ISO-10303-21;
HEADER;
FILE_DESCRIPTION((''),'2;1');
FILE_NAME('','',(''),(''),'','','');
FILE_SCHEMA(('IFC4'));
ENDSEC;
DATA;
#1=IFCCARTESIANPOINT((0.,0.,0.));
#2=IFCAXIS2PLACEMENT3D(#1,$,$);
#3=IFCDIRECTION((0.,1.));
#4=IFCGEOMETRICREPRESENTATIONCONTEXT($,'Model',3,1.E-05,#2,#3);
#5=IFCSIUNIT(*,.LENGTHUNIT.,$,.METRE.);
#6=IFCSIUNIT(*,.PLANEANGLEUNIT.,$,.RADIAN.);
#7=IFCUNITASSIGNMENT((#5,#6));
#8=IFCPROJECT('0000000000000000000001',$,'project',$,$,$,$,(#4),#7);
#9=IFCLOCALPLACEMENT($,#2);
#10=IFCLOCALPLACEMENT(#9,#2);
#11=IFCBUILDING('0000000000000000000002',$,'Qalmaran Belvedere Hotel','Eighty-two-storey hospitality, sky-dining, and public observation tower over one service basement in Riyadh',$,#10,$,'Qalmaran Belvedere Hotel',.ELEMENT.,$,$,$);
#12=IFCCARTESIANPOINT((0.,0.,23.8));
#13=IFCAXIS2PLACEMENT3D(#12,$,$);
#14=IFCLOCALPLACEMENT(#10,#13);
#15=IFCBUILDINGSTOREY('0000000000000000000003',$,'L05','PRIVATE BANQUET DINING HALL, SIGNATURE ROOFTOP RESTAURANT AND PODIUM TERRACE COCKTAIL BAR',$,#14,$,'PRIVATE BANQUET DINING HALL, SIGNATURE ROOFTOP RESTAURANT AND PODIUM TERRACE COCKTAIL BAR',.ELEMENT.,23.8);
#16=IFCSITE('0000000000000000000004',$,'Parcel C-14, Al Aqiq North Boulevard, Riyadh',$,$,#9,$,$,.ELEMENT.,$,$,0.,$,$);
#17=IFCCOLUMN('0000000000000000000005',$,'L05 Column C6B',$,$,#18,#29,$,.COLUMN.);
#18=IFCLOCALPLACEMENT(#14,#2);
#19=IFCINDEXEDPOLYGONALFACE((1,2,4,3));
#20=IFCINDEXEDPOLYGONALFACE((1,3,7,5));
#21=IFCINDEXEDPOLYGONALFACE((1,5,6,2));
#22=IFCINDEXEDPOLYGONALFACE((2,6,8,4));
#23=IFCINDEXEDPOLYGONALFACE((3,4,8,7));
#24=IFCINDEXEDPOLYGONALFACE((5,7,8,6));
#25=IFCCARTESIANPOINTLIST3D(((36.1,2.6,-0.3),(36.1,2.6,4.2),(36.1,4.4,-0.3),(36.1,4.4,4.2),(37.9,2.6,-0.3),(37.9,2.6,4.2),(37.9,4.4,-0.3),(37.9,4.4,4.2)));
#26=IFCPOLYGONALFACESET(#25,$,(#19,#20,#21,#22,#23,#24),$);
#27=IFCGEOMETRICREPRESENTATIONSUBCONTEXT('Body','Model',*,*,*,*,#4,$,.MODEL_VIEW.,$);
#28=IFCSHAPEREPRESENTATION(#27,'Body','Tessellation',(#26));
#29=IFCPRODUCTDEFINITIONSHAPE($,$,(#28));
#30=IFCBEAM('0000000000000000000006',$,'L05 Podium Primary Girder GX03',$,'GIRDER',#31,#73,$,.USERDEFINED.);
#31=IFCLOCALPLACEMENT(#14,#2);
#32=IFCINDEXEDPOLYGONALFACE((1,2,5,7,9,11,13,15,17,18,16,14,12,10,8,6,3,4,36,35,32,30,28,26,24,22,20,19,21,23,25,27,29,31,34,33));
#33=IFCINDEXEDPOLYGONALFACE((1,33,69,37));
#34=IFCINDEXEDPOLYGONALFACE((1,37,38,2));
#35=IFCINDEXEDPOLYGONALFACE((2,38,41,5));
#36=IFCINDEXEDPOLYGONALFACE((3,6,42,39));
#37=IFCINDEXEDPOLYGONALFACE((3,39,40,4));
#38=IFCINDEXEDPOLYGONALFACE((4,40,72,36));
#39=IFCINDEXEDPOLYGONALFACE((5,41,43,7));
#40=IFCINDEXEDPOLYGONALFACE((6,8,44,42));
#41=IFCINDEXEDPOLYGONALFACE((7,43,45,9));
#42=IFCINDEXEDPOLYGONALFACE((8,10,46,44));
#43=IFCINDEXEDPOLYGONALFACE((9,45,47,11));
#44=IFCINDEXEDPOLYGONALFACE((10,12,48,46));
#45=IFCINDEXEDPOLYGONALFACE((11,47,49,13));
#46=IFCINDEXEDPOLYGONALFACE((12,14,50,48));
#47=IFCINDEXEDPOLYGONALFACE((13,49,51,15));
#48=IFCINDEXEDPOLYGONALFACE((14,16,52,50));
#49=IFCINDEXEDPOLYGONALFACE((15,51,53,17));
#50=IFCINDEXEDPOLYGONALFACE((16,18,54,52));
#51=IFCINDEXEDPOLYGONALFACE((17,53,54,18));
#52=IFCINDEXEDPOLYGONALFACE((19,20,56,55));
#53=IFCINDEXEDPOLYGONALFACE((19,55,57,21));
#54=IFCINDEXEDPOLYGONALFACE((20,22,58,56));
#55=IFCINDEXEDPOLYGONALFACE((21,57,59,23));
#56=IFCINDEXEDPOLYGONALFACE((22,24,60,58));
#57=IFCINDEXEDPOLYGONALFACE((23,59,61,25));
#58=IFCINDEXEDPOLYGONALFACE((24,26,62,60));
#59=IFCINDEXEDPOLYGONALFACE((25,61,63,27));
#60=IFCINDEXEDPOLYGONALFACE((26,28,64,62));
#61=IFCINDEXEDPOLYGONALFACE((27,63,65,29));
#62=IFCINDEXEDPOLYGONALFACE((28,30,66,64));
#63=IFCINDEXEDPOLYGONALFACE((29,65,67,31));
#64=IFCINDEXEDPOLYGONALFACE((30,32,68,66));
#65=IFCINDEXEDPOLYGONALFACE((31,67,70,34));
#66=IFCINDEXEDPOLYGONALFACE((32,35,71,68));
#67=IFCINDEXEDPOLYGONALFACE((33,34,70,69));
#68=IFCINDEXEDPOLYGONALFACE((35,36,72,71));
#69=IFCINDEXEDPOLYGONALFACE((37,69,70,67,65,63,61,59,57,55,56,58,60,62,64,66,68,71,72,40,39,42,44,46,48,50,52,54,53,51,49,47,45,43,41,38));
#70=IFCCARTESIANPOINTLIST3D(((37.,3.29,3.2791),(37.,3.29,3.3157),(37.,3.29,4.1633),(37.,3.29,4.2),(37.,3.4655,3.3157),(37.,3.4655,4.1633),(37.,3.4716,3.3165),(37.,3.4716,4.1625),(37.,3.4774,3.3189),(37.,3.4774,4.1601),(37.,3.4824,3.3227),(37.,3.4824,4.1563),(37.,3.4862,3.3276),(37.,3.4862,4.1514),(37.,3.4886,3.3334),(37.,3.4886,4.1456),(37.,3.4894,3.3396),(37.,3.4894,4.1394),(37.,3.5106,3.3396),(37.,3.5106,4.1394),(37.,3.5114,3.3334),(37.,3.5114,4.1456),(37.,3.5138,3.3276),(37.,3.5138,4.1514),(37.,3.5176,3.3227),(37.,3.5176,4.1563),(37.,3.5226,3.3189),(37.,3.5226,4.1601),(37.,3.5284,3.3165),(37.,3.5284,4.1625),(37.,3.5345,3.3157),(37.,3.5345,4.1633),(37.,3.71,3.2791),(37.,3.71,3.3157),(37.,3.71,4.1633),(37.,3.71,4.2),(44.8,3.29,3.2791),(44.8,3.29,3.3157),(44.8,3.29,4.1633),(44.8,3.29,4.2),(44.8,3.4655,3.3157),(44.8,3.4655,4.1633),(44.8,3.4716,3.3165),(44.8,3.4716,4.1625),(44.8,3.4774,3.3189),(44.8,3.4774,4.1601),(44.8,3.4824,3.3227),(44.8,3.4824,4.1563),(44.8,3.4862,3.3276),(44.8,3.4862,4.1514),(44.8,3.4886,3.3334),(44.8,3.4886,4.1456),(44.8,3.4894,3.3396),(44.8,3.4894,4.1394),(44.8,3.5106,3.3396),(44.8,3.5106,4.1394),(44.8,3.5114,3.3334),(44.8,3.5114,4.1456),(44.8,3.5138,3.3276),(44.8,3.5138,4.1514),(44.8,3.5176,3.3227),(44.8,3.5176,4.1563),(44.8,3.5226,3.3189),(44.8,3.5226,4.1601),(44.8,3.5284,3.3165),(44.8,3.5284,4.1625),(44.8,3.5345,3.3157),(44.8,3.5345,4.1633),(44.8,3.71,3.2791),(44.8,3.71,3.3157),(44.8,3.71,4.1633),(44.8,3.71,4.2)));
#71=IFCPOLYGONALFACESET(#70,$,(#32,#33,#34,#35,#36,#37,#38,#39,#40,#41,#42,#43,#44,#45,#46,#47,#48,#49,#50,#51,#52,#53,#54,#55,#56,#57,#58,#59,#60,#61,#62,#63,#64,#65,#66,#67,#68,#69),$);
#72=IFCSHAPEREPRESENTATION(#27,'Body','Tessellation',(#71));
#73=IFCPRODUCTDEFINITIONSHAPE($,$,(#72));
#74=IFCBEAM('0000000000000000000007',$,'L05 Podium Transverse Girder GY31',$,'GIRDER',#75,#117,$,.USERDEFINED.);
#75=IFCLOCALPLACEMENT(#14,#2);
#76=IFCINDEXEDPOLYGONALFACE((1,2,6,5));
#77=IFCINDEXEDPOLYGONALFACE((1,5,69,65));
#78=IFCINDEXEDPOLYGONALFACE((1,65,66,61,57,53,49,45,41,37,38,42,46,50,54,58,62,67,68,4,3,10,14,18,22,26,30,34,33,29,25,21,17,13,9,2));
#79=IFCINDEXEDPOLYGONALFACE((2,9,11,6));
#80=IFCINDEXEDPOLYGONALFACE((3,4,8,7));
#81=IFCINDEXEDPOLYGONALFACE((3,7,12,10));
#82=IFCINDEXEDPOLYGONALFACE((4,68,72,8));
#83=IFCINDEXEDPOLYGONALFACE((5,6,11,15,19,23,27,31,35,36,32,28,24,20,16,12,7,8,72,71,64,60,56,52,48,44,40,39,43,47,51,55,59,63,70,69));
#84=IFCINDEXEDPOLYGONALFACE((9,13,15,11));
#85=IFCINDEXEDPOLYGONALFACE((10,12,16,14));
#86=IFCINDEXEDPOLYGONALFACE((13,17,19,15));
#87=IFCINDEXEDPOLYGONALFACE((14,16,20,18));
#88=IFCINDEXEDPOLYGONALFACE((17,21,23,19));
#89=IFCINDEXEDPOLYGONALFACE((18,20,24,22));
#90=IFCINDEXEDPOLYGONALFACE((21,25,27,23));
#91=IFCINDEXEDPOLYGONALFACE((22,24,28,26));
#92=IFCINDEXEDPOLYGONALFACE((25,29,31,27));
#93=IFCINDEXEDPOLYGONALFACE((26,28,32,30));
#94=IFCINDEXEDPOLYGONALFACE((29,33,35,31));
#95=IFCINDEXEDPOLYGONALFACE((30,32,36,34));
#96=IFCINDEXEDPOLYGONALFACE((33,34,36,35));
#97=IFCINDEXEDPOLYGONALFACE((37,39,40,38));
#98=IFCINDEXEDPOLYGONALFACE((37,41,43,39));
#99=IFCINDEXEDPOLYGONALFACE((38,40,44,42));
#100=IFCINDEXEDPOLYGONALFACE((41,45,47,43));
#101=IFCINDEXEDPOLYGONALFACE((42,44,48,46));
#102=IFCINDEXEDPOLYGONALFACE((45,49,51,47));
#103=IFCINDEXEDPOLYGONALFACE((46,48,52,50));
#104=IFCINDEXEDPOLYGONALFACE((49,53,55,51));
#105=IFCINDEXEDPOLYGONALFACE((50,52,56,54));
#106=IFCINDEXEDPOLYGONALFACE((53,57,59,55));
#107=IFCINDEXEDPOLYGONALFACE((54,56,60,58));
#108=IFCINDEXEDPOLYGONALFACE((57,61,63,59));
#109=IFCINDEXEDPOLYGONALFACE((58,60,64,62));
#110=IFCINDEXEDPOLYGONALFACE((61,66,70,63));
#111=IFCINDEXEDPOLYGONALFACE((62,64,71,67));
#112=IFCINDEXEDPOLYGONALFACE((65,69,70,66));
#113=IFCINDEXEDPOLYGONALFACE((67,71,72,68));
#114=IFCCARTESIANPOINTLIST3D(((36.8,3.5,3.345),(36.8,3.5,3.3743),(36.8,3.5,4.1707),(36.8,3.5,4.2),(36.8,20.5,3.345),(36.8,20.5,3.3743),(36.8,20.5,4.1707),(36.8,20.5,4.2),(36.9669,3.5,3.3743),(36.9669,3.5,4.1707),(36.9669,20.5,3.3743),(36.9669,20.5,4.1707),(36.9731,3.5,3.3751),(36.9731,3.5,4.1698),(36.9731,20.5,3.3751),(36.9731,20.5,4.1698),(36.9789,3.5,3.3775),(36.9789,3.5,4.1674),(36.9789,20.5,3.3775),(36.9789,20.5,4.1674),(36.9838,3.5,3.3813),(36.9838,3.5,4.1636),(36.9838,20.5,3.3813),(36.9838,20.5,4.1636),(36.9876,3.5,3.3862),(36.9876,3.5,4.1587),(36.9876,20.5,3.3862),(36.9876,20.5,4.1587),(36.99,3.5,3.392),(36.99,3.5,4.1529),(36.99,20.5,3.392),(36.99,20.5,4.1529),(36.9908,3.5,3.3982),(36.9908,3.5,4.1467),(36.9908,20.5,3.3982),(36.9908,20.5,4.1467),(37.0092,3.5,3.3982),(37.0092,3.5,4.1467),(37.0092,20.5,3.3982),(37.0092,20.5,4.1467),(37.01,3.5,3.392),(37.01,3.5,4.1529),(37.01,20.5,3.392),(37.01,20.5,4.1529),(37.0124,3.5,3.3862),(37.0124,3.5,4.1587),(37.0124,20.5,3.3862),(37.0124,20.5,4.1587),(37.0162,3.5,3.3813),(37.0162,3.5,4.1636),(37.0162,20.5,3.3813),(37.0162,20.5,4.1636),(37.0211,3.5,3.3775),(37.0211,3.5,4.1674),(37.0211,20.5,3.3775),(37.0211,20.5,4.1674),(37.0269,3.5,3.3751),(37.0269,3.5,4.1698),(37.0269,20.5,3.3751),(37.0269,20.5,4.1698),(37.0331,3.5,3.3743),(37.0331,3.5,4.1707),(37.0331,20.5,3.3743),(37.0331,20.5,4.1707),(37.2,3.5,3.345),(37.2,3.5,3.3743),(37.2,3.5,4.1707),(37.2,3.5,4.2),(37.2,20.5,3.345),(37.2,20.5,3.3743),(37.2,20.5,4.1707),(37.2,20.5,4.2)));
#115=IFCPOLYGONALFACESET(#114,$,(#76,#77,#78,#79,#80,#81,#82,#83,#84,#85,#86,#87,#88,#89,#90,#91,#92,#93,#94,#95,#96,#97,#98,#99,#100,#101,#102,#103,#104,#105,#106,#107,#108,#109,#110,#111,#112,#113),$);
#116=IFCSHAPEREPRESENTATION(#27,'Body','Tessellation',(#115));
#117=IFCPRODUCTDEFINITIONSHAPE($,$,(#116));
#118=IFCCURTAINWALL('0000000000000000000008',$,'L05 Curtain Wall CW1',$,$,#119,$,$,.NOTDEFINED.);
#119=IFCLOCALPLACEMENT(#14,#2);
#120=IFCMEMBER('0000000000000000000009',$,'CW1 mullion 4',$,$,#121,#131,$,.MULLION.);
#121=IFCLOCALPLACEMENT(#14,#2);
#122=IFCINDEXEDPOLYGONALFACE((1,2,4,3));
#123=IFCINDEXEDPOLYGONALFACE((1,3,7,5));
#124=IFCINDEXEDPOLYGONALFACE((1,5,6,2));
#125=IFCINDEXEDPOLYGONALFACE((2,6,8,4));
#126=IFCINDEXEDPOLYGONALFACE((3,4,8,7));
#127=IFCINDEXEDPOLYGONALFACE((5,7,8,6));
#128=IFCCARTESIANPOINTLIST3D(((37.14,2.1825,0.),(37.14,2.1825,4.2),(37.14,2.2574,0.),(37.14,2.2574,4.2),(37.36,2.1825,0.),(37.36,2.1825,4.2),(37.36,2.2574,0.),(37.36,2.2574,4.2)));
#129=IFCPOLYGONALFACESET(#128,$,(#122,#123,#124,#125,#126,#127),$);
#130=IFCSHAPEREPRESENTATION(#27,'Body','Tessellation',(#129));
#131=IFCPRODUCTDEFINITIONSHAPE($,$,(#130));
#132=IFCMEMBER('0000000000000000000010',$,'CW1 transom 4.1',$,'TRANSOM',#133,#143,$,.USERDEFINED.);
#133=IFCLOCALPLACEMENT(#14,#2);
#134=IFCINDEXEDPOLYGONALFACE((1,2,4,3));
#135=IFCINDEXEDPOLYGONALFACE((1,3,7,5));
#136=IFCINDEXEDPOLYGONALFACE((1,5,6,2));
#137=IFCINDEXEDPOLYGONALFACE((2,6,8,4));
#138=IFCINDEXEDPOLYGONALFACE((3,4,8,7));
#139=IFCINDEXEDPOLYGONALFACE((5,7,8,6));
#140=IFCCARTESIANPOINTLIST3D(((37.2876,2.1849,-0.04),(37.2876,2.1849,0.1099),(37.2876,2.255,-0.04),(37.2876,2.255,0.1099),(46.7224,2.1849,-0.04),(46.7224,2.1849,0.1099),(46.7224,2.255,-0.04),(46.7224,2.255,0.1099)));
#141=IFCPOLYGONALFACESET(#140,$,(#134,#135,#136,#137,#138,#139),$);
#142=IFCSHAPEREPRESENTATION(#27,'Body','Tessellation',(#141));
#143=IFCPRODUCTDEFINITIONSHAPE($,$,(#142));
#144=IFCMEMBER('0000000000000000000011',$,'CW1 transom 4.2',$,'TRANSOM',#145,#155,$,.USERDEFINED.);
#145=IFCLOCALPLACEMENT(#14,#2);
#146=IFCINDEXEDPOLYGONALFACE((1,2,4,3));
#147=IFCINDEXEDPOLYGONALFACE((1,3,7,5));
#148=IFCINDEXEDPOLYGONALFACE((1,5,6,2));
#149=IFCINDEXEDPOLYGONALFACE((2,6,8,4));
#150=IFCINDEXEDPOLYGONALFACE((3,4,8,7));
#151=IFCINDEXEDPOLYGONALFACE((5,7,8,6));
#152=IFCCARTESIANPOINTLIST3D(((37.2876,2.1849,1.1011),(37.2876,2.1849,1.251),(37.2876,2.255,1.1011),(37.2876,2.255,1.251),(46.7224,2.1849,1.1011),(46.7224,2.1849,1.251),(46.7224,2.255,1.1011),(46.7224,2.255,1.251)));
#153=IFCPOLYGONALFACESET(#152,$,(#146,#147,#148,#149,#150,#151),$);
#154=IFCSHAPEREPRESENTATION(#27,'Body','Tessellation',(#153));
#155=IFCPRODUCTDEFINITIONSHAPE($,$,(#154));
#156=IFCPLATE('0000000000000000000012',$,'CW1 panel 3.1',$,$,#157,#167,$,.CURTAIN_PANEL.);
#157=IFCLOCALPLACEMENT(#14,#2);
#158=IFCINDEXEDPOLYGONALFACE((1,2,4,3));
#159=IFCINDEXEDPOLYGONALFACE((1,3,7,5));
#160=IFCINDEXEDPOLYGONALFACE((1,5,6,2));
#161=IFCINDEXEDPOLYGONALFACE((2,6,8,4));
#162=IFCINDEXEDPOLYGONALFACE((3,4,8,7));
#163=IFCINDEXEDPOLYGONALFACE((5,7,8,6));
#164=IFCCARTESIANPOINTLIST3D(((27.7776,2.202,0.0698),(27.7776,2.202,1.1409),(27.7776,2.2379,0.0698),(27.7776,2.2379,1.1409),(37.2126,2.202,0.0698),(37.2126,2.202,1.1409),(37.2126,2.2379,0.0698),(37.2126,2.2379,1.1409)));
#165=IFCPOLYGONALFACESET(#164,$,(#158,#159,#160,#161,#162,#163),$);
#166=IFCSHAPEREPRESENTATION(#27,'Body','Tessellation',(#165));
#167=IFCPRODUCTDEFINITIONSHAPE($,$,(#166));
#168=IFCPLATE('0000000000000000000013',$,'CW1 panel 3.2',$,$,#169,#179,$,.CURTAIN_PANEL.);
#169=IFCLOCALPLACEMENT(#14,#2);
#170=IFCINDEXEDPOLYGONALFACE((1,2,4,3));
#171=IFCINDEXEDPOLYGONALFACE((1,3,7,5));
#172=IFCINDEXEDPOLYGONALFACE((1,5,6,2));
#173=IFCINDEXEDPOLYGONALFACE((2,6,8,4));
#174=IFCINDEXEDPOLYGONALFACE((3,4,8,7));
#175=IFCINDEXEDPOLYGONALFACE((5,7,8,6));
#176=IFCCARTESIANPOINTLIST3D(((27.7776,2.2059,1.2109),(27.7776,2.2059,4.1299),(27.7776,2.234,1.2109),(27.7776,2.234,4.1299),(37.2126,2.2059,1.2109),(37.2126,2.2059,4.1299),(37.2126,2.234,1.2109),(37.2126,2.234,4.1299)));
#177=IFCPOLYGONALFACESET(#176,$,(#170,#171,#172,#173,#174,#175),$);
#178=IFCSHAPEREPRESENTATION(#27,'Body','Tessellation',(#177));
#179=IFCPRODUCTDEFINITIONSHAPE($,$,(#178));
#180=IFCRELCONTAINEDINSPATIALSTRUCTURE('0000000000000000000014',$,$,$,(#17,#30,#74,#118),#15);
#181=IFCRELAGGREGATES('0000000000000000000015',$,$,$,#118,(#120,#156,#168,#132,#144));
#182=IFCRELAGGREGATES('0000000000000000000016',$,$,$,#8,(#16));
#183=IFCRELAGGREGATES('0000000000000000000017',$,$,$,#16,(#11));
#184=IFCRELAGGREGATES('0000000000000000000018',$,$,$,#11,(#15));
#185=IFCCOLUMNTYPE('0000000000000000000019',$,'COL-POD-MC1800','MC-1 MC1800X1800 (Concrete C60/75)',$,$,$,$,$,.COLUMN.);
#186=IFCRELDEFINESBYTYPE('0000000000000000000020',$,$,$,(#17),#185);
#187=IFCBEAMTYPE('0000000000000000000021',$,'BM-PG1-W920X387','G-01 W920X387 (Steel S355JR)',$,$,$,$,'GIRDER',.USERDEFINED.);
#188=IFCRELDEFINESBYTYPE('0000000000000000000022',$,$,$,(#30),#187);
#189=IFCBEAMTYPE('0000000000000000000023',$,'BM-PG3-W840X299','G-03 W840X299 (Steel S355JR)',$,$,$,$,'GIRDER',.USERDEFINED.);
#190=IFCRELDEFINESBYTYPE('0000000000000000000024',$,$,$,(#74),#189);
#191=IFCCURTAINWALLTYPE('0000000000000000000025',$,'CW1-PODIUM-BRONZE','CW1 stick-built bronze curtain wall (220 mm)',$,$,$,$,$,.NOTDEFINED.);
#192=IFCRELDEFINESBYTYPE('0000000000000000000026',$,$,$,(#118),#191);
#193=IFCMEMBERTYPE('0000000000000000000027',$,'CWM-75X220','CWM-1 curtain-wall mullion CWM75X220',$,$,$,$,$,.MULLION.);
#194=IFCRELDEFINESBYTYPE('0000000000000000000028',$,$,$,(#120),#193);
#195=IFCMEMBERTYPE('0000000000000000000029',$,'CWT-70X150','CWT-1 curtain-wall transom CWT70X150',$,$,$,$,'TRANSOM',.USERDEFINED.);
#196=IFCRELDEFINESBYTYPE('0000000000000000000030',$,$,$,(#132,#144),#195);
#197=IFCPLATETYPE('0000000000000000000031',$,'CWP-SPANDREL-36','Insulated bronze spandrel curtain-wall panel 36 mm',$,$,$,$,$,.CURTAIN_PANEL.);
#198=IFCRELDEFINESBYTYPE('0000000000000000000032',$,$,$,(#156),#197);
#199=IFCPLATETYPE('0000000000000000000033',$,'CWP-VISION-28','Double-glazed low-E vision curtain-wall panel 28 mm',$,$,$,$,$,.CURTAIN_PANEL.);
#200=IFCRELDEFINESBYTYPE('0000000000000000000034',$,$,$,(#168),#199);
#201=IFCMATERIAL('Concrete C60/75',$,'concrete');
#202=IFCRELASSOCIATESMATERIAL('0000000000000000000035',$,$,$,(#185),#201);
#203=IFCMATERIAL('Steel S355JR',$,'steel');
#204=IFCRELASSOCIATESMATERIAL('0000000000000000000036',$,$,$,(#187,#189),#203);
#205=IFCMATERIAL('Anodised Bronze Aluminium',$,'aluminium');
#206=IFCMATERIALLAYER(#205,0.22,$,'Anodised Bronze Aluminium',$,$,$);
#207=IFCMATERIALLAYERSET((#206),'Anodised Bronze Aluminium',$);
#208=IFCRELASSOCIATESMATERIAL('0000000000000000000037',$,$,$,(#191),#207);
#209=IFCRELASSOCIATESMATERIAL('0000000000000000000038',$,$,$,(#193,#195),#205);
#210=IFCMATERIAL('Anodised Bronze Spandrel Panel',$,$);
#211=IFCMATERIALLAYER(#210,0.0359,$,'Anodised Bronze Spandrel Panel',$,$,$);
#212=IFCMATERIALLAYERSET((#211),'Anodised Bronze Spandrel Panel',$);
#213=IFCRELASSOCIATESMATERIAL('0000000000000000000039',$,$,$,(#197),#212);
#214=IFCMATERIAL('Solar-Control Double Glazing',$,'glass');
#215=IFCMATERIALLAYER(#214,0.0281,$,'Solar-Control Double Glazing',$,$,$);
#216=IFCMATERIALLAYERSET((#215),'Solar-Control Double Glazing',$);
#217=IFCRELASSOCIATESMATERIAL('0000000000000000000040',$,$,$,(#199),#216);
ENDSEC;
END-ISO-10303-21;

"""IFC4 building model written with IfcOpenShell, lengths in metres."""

from ifc_helpers import new_model, si_unit, direction, frame, origin, origin_2d, place, context, subcontext, project, spatial, rectangle, i_section, extrude, material, layer, layer_set, material_profile, profile_set, type_object, element, aggregate, save


model = new_model("IFC4")

# Units and contexts
model_context = context("Model", 3, precision=1e-05, world=origin(), true_north=direction((0.0, 1.0)))
body_context = subcontext(model_context, "Body", "Model", "MODEL_VIEW")
ifc_project = project(units=[si_unit("LENGTHUNIT", "METRE"), si_unit("PLANEANGLEUNIT", "RADIAN")], contexts=[model_context])

# Site, building, storey
site_placement = place(None, origin())
site = spatial("IfcSite", under=ifc_project, at=site_placement, Name="Parcel C-14, Al Aqiq North Boulevard, Riyadh", CompositionType="ELEMENT", RefElevation=0.0)
building_placement = place(site_placement, origin())
building = spatial("IfcBuilding", under=site, at=building_placement, Name="Qalmaran Belvedere Hotel", Description="Eighty-two-storey hospitality, sky-dining, and public observation tower over one service basement in Riyadh", LongName="Qalmaran Belvedere Hotel", CompositionType="ELEMENT")
storey_placement = place(building_placement, frame((0.0, 0.0, 23.8)))
storey = spatial("IfcBuildingStorey", under=building, at=storey_placement, Name="L05", Description="PRIVATE BANQUET DINING HALL, SIGNATURE ROOFTOP RESTAURANT AND PODIUM TERRACE COCKTAIL BAR", LongName="PRIVATE BANQUET DINING HALL, SIGNATURE ROOFTOP RESTAURANT AND PODIUM TERRACE COCKTAIL BAR", CompositionType="ELEMENT", Elevation=23.8)

# Column
ifc_material_1 = material(Name="Concrete C60/75", Category="concrete")
ifc_material_profile_1 = material_profile(ifc_material_1, rectangle(XDim=1.8, YDim=1.8, at=origin_2d()), Name="MC1800X1800")
ifc_profile_set_1 = profile_set([ifc_material_profile_1], Name="Concrete C60/75")
column_type = type_object("IfcColumnType", Name="COL-POD-MC1800", Description="MC-1 MC1800X1800 (Concrete C60/75)", PredefinedType="COLUMN", material=ifc_profile_set_1)
column_placement = place(storey_placement, frame((37.0, 3.5, -0.3), z_axis=(0.0, 0.0, 1.0), x_axis=(1.0, 0.0, 0.0)))
element("IfcColumn", 1, at=column_placement, inside=storey, type_object=column_type, Name="L05 Column C6B", PredefinedType="COLUMN", context=body_context, shape_type="SweptSolid", body=[
    extrude(rectangle(XDim=1.8, YDim=1.8, at=origin_2d()), origin(), (0.0, 0.0, 1.0), 4.5),
])

# Beams
ifc_material_2 = material(Name="Steel S355JR", Category="steel")
ifc_material_profile_2 = material_profile(ifc_material_2, i_section(OverallWidth=0.4199, OverallDepth=0.9209, WebThickness=0.0212, FlangeThickness=0.0366, FilletRadius=0.0239, at=origin_2d()), Name="W920X387")
ifc_profile_set_2 = profile_set([ifc_material_profile_2], Name="Steel S355JR")
beam_type_1 = type_object("IfcBeamType", Name="BM-PG1-W920X387", Description="G-01 W920X387 (Steel S355JR)", ElementType="GIRDER", PredefinedType="USERDEFINED", material=ifc_profile_set_2)
beam_1_placement = place(storey_placement, frame((37.0, 3.5, 3.7395), z_axis=(1.0, 0.0, 0.0), x_axis=(0.0, 1.0, 0.0)))
element("IfcBeam", 2, at=beam_1_placement, inside=storey, type_object=beam_type_1, Name="L05 Podium Primary Girder GX03", ObjectType="GIRDER", PredefinedType="USERDEFINED", context=body_context, shape_type="SweptSolid", body=[
    extrude(i_section(OverallWidth=0.4199, OverallDepth=0.9209, WebThickness=0.0212, FlangeThickness=0.0366, FilletRadius=0.0239, at=origin_2d()), origin(), (0.0, 0.0, 1.0), 7.8),
])
ifc_material_profile_3 = material_profile(ifc_material_2, i_section(OverallWidth=0.3999, OverallDepth=0.855, WebThickness=0.0183, FlangeThickness=0.0293, FilletRadius=0.0239, at=origin_2d()), Name="W840X299")
ifc_profile_set_3 = profile_set([ifc_material_profile_3], Name="Steel S355JR")
beam_type_2 = type_object("IfcBeamType", Name="BM-PG3-W840X299", Description="G-03 W840X299 (Steel S355JR)", ElementType="GIRDER", PredefinedType="USERDEFINED", material=ifc_profile_set_3)
beam_2_placement = place(storey_placement, frame((37.0, 3.5, 3.7725), z_axis=(0.0, 1.0, 0.0), x_axis=(-1.0, 0.0, 0.0)))
element("IfcBeam", 3, at=beam_2_placement, inside=storey, type_object=beam_type_2, Name="L05 Podium Transverse Girder GY31", ObjectType="GIRDER", PredefinedType="USERDEFINED", context=body_context, shape_type="SweptSolid", body=[
    extrude(i_section(OverallWidth=0.3999, OverallDepth=0.855, WebThickness=0.0183, FlangeThickness=0.0293, FilletRadius=0.0239, at=origin_2d()), origin(), (0.0, 0.0, 1.0), 17.0),
])

# Curtain wall, members, plates
ifc_material_3 = material(Name="Anodised Bronze Aluminium", Category="aluminium")
ifc_layer_1 = layer(ifc_material_3, 0.22, Name="Anodised Bronze Aluminium")
ifc_layer_set_1 = layer_set([ifc_layer_1], Name="Anodised Bronze Aluminium")
curtain_wall_type = type_object("IfcCurtainWallType", Name="CW1-PODIUM-BRONZE", Description="CW1 stick-built bronze curtain wall (220 mm)", PredefinedType="NOTDEFINED", material=ifc_layer_set_1)
curtain_wall_placement = place(storey_placement, origin())
curtain_wall = element("IfcCurtainWall", 4, at=curtain_wall_placement, inside=storey, type_object=curtain_wall_type, Name="L05 Curtain Wall CW1", PredefinedType="NOTDEFINED")
ifc_material_profile_4 = material_profile(ifc_material_3, rectangle(XDim=0.075, YDim=0.22, at=origin_2d()), Name="CWM75X220")
ifc_profile_set_4 = profile_set([ifc_material_profile_4], Name="Anodised Bronze Aluminium")
member_type_1 = type_object("IfcMemberType", Name="CWM-75X220", Description="CWM-1 curtain-wall mullion CWM75X220", PredefinedType="MULLION", material=ifc_profile_set_4)
member_1_placement = place(storey_placement, frame((37.25, 2.22, 0.0), z_axis=(0.0, 0.0, 1.0), x_axis=(0.0, 1.0, 0.0)))
member_1 = element("IfcMember", 5, at=member_1_placement, type_object=member_type_1, Name="CW1 mullion 4", PredefinedType="MULLION", context=body_context, shape_type="SweptSolid", body=[
    extrude(rectangle(XDim=0.075, YDim=0.22, at=origin_2d()), origin(), (0.0, 0.0, 1.0), 4.2),
])
ifc_material_profile_5 = material_profile(ifc_material_3, rectangle(XDim=0.0701, YDim=0.1499, at=origin_2d()), Name="CWT70X150")
ifc_profile_set_5 = profile_set([ifc_material_profile_5], Name="Anodised Bronze Aluminium")
member_type_2 = type_object("IfcMemberType", Name="CWT-70X150", Description="CWT-1 curtain-wall transom CWT70X150", ElementType="TRANSOM", PredefinedType="USERDEFINED", material=ifc_profile_set_5)
member_2_placement = place(storey_placement, frame((37.2876, 2.22, 0.0349), z_axis=(1.0, 0.0, 0.0), x_axis=(0.0, 1.0, 0.0)))
member_2 = element("IfcMember", 6, at=member_2_placement, type_object=member_type_2, Name="CW1 transom 4.1", ObjectType="TRANSOM", PredefinedType="USERDEFINED", context=body_context, shape_type="SweptSolid", body=[
    extrude(rectangle(XDim=0.0701, YDim=0.1499, at=origin_2d()), origin(), (0.0, 0.0, 1.0), 9.4348),
])
member_3_placement = place(storey_placement, frame((37.2876, 2.22, 1.176), z_axis=(1.0, 0.0, 0.0), x_axis=(0.0, 1.0, 0.0)))
member_3 = element("IfcMember", 7, at=member_3_placement, type_object=member_type_2, Name="CW1 transom 4.2", ObjectType="TRANSOM", PredefinedType="USERDEFINED", context=body_context, shape_type="SweptSolid", body=[
    extrude(rectangle(XDim=0.0701, YDim=0.1499, at=origin_2d()), origin(), (0.0, 0.0, 1.0), 9.4348),
])
ifc_material_4 = material(Name="Anodised Bronze Spandrel Panel")
ifc_layer_2 = layer(ifc_material_4, 0.0359, Name="Anodised Bronze Spandrel Panel")
ifc_layer_set_2 = layer_set([ifc_layer_2], Name="Anodised Bronze Spandrel Panel")
plate_type_1 = type_object("IfcPlateType", Name="CWP-SPANDREL-36", Description="Insulated bronze spandrel curtain-wall panel 36 mm", PredefinedType="CURTAIN_PANEL", material=ifc_layer_set_2)
plate_1_placement = place(storey_placement, frame((32.4951, 2.22, 0.0698), z_axis=(0.0, 0.0, 1.0), x_axis=(1.0, 0.0, 0.0)))
plate_1 = element("IfcPlate", 8, at=plate_1_placement, type_object=plate_type_1, Name="CW1 panel 3.1", PredefinedType="CURTAIN_PANEL", context=body_context, shape_type="SweptSolid", body=[
    extrude(rectangle(XDim=9.4351, YDim=0.0359, at=origin_2d()), origin(), (0.0, 0.0, 1.0), 1.071),
])
ifc_material_5 = material(Name="Solar-Control Double Glazing", Category="glass")
ifc_layer_3 = layer(ifc_material_5, 0.0281, Name="Solar-Control Double Glazing")
ifc_layer_set_3 = layer_set([ifc_layer_3], Name="Solar-Control Double Glazing")
plate_type_2 = type_object("IfcPlateType", Name="CWP-VISION-28", Description="Double-glazed low-E vision curtain-wall panel 28 mm", PredefinedType="CURTAIN_PANEL", material=ifc_layer_set_3)
plate_2_placement = place(storey_placement, frame((32.4951, 2.22, 1.2109), z_axis=(0.0, 0.0, 1.0), x_axis=(1.0, 0.0, 0.0)))
plate_2 = element("IfcPlate", 9, at=plate_2_placement, type_object=plate_type_2, Name="CW1 panel 3.2", PredefinedType="CURTAIN_PANEL", context=body_context, shape_type="SweptSolid", body=[
    extrude(rectangle(XDim=9.4351, YDim=0.0281, at=origin_2d()), origin(), (0.0, 0.0, 1.0), 2.9189),
])
aggregate(curtain_wall, [member_1, plate_1, plate_2, member_2, member_3])

save(model, "model.ifc")
